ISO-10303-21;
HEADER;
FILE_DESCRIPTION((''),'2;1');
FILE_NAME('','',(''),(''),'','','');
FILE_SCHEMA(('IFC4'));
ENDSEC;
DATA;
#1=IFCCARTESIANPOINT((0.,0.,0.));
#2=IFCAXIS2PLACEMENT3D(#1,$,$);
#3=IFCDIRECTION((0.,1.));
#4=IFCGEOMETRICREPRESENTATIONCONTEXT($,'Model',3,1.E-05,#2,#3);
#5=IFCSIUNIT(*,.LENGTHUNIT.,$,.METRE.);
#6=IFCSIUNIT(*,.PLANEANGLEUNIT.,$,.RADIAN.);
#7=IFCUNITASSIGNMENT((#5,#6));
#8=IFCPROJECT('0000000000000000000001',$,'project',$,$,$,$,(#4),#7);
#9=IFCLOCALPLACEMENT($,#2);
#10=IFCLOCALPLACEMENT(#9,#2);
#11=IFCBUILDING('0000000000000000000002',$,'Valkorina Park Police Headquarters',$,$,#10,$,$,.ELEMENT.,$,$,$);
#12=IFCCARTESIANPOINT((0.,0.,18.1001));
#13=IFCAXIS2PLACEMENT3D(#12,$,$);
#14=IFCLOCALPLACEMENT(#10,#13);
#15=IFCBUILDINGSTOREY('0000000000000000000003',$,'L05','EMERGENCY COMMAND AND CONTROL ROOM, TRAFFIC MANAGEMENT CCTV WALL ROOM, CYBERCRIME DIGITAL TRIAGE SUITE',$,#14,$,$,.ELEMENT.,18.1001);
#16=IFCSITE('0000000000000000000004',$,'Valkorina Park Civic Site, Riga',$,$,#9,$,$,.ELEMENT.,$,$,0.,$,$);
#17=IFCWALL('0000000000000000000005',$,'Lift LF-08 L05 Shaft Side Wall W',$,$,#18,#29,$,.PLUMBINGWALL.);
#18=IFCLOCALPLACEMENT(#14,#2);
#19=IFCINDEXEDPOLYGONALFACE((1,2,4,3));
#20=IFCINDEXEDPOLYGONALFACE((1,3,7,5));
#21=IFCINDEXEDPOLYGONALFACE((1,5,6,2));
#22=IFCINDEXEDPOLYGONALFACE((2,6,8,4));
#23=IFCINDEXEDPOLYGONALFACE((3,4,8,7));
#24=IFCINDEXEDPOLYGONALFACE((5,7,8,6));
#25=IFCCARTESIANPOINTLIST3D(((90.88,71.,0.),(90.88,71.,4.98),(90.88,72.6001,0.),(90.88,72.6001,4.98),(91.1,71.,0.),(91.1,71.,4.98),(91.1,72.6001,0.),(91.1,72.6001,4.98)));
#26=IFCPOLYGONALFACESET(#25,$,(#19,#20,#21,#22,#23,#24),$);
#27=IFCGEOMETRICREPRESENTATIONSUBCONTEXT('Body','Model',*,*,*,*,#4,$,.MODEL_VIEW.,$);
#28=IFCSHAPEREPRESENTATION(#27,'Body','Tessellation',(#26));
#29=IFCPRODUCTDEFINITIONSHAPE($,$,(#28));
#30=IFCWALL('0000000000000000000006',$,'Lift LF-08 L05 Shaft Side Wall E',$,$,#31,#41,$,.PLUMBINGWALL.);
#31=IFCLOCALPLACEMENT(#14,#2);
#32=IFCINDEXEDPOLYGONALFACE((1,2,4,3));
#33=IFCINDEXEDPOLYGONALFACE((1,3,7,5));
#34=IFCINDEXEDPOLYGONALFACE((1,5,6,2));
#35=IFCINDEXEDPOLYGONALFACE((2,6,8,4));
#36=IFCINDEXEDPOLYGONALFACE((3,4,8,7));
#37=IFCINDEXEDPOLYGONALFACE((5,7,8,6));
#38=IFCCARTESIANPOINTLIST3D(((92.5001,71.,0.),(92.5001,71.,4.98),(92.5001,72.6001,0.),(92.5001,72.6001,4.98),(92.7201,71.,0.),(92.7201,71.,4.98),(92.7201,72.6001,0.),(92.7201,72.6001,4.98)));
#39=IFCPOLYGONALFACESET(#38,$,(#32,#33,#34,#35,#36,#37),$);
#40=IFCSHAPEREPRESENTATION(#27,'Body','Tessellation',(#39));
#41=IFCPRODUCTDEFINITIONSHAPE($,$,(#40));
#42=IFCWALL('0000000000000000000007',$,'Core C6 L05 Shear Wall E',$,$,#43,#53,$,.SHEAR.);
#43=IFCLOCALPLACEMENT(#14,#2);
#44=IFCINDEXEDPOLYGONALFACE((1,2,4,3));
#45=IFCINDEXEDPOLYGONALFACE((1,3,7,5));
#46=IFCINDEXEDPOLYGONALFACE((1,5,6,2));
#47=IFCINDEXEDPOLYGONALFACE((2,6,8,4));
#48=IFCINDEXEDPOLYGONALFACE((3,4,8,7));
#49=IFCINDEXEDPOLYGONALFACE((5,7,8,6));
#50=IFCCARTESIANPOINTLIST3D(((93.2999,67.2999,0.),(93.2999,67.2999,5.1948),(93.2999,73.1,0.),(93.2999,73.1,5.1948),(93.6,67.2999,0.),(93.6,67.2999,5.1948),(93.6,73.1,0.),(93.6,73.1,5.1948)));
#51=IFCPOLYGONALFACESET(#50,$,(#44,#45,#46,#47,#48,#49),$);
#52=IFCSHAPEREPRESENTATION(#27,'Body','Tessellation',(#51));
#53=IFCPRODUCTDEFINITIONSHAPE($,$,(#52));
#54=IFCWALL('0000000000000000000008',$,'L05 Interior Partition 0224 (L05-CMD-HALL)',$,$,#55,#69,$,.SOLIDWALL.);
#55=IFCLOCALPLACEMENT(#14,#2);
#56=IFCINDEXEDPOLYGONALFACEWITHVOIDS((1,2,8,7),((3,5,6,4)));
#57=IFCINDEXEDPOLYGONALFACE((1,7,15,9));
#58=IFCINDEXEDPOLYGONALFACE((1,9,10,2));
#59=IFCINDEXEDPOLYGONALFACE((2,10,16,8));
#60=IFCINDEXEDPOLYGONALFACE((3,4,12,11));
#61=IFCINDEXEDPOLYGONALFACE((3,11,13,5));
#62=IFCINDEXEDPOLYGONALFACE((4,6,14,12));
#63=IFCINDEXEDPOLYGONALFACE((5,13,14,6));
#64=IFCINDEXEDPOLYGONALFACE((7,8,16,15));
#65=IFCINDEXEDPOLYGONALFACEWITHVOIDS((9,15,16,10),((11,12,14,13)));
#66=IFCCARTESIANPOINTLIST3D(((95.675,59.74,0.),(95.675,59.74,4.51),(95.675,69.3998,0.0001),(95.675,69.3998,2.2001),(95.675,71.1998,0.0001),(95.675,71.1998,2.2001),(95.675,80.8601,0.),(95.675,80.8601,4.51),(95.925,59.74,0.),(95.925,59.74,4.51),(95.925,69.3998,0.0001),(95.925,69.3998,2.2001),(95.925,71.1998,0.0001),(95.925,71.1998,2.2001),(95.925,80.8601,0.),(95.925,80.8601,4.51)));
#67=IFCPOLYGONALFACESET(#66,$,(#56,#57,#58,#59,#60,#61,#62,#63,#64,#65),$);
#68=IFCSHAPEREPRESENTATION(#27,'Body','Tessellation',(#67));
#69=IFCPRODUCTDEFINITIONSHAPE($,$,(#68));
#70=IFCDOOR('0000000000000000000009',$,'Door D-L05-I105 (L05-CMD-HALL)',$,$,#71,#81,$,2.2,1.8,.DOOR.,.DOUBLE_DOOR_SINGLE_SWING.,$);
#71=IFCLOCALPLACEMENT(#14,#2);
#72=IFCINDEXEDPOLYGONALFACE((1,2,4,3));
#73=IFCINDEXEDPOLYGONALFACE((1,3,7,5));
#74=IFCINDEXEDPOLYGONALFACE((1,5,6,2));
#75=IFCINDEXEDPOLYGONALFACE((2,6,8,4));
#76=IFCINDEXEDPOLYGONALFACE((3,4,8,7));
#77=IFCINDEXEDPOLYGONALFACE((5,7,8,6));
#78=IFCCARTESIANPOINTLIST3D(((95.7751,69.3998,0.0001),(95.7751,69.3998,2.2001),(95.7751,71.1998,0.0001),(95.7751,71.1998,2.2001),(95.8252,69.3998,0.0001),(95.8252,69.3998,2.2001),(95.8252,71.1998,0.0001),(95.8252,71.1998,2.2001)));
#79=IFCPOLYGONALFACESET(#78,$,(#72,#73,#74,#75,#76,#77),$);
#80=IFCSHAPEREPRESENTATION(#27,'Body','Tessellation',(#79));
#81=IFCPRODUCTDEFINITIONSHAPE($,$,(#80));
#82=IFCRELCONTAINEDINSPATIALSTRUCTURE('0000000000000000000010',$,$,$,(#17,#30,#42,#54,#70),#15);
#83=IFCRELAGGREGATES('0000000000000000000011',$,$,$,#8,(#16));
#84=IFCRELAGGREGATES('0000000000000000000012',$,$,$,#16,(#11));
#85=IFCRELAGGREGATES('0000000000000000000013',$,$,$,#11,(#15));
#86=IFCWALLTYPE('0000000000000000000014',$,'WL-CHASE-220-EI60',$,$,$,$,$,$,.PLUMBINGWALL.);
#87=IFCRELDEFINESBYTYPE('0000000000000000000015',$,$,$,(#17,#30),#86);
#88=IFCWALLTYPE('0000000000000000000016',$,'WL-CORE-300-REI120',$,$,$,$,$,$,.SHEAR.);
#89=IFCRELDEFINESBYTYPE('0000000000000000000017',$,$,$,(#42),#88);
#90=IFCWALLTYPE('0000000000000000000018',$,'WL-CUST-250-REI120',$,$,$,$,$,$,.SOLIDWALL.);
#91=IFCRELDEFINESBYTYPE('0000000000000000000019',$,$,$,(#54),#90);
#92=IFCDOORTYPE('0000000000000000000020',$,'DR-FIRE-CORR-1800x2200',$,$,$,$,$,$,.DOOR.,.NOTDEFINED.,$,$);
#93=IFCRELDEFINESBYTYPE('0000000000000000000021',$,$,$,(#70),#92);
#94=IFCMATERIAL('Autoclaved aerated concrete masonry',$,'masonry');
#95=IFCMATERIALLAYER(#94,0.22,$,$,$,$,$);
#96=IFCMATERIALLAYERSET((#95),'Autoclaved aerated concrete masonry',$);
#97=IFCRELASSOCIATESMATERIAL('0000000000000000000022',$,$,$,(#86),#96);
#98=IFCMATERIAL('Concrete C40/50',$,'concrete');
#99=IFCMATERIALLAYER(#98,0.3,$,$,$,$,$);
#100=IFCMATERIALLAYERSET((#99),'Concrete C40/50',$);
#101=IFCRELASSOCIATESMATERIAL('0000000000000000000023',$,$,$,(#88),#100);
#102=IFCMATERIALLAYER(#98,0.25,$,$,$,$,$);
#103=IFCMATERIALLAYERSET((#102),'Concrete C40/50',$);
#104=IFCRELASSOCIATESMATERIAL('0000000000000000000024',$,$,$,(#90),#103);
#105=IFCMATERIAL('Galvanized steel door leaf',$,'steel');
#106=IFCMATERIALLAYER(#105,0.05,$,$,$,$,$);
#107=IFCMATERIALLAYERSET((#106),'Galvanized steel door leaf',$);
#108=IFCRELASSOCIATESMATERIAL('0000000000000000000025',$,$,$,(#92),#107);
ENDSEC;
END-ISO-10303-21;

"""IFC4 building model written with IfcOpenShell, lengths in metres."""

from ifc_helpers import new_model, si_unit, direction, frame, frame_2d, origin, place, context, subcontext, project, spatial, rectangle, extrude, material, layer, layer_set, type_object, element, fill, save


model = new_model("IFC4")

# Units and contexts
model_context = context("Model", 3, precision=1e-05, world=origin(), true_north=direction((0.0, 1.0)))
body_context = subcontext(model_context, "Body", "Model", "MODEL_VIEW")
ifc_project = project(units=[si_unit("LENGTHUNIT", "METRE"), si_unit("PLANEANGLEUNIT", "RADIAN")], contexts=[model_context])

# Site, building, storey
site_placement = place(None, origin())
site = spatial("IfcSite", under=ifc_project, at=site_placement, Name="Valkorina Park Civic Site, Riga", CompositionType="ELEMENT", RefElevation=0.0)
building_placement = place(site_placement, origin())
building = spatial("IfcBuilding", under=site, at=building_placement, Name="Valkorina Park Police Headquarters", CompositionType="ELEMENT")
storey_placement = place(building_placement, frame((0.0, 0.0, 18.1001)))
storey = spatial("IfcBuildingStorey", under=building, at=storey_placement, Name="L05", Description="EMERGENCY COMMAND AND CONTROL ROOM, TRAFFIC MANAGEMENT CCTV WALL ROOM, CYBERCRIME DIGITAL TRIAGE SUITE", CompositionType="ELEMENT", Elevation=18.1001)

# Shared definitions
ifc_material_1 = material(Name="Autoclaved aerated concrete masonry", Category="masonry")
ifc_layer_1 = layer(ifc_material_1, 0.22)
ifc_layer_set_1 = layer_set([ifc_layer_1], Name="Autoclaved aerated concrete masonry")
wall_type_1 = type_object("IfcWallType", Name="WL-CHASE-220-EI60", PredefinedType="PLUMBINGWALL", material=ifc_layer_set_1)

# Walls
for number, where, z_axis, x_axis, name in (
    (1, (90.99, 71.0, 0.0), (0.0, 0.0, 1.0), (0.0, 1.0, 0.0), "Lift LF-08 L05 Shaft Side Wall W"),
    (2, (92.6101, 71.0, 0.0), (0.0, 0.0, 1.0), (0.0, 1.0, 0.0), "Lift LF-08 L05 Shaft Side Wall E"),
):
    element("IfcWall", number, at=place(storey_placement, frame(where, z_axis=z_axis, x_axis=x_axis)), inside=storey, type_object=wall_type_1, Name=name, PredefinedType="PLUMBINGWALL", context=body_context, shape_type="SweptSolid", body=[
        extrude(rectangle(XDim=1.6001, YDim=0.22, at=frame_2d((0.8, 0.0))), origin(), (0.0, 0.0, 1.0), 4.98),
    ])
ifc_material_2 = material(Name="Concrete C40/50", Category="concrete")
ifc_layer_2 = layer(ifc_material_2, 0.3)
ifc_layer_set_2 = layer_set([ifc_layer_2], Name="Concrete C40/50")
wall_type_2 = type_object("IfcWallType", Name="WL-CORE-300-REI120", PredefinedType="SHEAR", material=ifc_layer_set_2)
wall_1_placement = place(storey_placement, frame((93.45, 67.3, 0.0), z_axis=(0.0, 0.0, 1.0), x_axis=(0.0, 1.0, 0.0)))
element("IfcWall", 3, at=wall_1_placement, inside=storey, type_object=wall_type_2, Name="Core C6 L05 Shear Wall E", PredefinedType="SHEAR", context=body_context, shape_type="SweptSolid", body=[
    extrude(rectangle(XDim=5.8, YDim=0.3, at=frame_2d((2.8999, 0.0))), origin(), (0.0, 0.0, 1.0), 5.1948),
])

# Wall, opening, door
ifc_layer_3 = layer(ifc_material_2, 0.25)
ifc_layer_set_3 = layer_set([ifc_layer_3], Name="Concrete C40/50")
wall_type_3 = type_object("IfcWallType", Name="WL-CUST-250-REI120", PredefinedType="SOLIDWALL", material=ifc_layer_set_3)
wall_2_placement = place(storey_placement, frame((95.8, 59.74, 0.0), z_axis=(0.0, 0.0, 1.0), x_axis=(0.0, 1.0, 0.0)))
wall_2 = element("IfcWall", 4, at=wall_2_placement, inside=storey, type_object=wall_type_3, Name="L05 Interior Partition 0224 (L05-CMD-HALL)", PredefinedType="SOLIDWALL", context=body_context, shape_type="SweptSolid", body=[
    extrude(rectangle(XDim=21.1201, YDim=0.25, at=frame_2d((10.5601, 0.0))), origin(), (0.0, 0.0, 1.0), 4.51),
])
opening_1_placement = place(wall_2_placement, frame((9.6599, 0.0, 0.0)))
opening_1 = element("IfcOpeningElement", 5, at=opening_1_placement, cuts=wall_2, PredefinedType="OPENING", context=body_context, shape_type="SweptSolid", body=[
    extrude(rectangle(XDim=1.8, YDim=2.2, at=frame_2d((0.8999, 1.1001))), frame((0.0, 0.135, 0.0), z_axis=(0.0, -1.0, 0.0), x_axis=(1.0, 0.0, 0.0)), (0.0, 0.0, 1.0), 0.27),
])
ifc_material_3 = material(Name="Galvanized steel door leaf", Category="steel")
ifc_layer_4 = layer(ifc_material_3, 0.05)
ifc_layer_set_4 = layer_set([ifc_layer_4], Name="Galvanized steel door leaf")
door_type_1 = type_object("IfcDoorType", Name="DR-FIRE-CORR-1800x2200", OperationType="NOTDEFINED", PredefinedType="DOOR", material=ifc_layer_set_4)
door_1_placement = place(opening_1_placement, origin())
door_1 = element("IfcDoor", 6, at=door_1_placement, inside=storey, type_object=door_type_1, Name="Door D-L05-I105 (L05-CMD-HALL)", OperationType="DOUBLE_DOOR_SINGLE_SWING", OverallHeight=2.2, OverallWidth=1.8, PredefinedType="DOOR", context=body_context, shape_type="SweptSolid", body=[
    extrude(rectangle(XDim=1.8, YDim=2.2, at=frame_2d((0.8999, 1.1001))), frame((0.0, 0.0249, 0.0), z_axis=(0.0, -1.0, 0.0), x_axis=(1.0, 0.0, 0.0)), (0.0, 0.0, 1.0), 0.05),
])
fill(opening_1, door_1)

save(model, "model.ifc")
